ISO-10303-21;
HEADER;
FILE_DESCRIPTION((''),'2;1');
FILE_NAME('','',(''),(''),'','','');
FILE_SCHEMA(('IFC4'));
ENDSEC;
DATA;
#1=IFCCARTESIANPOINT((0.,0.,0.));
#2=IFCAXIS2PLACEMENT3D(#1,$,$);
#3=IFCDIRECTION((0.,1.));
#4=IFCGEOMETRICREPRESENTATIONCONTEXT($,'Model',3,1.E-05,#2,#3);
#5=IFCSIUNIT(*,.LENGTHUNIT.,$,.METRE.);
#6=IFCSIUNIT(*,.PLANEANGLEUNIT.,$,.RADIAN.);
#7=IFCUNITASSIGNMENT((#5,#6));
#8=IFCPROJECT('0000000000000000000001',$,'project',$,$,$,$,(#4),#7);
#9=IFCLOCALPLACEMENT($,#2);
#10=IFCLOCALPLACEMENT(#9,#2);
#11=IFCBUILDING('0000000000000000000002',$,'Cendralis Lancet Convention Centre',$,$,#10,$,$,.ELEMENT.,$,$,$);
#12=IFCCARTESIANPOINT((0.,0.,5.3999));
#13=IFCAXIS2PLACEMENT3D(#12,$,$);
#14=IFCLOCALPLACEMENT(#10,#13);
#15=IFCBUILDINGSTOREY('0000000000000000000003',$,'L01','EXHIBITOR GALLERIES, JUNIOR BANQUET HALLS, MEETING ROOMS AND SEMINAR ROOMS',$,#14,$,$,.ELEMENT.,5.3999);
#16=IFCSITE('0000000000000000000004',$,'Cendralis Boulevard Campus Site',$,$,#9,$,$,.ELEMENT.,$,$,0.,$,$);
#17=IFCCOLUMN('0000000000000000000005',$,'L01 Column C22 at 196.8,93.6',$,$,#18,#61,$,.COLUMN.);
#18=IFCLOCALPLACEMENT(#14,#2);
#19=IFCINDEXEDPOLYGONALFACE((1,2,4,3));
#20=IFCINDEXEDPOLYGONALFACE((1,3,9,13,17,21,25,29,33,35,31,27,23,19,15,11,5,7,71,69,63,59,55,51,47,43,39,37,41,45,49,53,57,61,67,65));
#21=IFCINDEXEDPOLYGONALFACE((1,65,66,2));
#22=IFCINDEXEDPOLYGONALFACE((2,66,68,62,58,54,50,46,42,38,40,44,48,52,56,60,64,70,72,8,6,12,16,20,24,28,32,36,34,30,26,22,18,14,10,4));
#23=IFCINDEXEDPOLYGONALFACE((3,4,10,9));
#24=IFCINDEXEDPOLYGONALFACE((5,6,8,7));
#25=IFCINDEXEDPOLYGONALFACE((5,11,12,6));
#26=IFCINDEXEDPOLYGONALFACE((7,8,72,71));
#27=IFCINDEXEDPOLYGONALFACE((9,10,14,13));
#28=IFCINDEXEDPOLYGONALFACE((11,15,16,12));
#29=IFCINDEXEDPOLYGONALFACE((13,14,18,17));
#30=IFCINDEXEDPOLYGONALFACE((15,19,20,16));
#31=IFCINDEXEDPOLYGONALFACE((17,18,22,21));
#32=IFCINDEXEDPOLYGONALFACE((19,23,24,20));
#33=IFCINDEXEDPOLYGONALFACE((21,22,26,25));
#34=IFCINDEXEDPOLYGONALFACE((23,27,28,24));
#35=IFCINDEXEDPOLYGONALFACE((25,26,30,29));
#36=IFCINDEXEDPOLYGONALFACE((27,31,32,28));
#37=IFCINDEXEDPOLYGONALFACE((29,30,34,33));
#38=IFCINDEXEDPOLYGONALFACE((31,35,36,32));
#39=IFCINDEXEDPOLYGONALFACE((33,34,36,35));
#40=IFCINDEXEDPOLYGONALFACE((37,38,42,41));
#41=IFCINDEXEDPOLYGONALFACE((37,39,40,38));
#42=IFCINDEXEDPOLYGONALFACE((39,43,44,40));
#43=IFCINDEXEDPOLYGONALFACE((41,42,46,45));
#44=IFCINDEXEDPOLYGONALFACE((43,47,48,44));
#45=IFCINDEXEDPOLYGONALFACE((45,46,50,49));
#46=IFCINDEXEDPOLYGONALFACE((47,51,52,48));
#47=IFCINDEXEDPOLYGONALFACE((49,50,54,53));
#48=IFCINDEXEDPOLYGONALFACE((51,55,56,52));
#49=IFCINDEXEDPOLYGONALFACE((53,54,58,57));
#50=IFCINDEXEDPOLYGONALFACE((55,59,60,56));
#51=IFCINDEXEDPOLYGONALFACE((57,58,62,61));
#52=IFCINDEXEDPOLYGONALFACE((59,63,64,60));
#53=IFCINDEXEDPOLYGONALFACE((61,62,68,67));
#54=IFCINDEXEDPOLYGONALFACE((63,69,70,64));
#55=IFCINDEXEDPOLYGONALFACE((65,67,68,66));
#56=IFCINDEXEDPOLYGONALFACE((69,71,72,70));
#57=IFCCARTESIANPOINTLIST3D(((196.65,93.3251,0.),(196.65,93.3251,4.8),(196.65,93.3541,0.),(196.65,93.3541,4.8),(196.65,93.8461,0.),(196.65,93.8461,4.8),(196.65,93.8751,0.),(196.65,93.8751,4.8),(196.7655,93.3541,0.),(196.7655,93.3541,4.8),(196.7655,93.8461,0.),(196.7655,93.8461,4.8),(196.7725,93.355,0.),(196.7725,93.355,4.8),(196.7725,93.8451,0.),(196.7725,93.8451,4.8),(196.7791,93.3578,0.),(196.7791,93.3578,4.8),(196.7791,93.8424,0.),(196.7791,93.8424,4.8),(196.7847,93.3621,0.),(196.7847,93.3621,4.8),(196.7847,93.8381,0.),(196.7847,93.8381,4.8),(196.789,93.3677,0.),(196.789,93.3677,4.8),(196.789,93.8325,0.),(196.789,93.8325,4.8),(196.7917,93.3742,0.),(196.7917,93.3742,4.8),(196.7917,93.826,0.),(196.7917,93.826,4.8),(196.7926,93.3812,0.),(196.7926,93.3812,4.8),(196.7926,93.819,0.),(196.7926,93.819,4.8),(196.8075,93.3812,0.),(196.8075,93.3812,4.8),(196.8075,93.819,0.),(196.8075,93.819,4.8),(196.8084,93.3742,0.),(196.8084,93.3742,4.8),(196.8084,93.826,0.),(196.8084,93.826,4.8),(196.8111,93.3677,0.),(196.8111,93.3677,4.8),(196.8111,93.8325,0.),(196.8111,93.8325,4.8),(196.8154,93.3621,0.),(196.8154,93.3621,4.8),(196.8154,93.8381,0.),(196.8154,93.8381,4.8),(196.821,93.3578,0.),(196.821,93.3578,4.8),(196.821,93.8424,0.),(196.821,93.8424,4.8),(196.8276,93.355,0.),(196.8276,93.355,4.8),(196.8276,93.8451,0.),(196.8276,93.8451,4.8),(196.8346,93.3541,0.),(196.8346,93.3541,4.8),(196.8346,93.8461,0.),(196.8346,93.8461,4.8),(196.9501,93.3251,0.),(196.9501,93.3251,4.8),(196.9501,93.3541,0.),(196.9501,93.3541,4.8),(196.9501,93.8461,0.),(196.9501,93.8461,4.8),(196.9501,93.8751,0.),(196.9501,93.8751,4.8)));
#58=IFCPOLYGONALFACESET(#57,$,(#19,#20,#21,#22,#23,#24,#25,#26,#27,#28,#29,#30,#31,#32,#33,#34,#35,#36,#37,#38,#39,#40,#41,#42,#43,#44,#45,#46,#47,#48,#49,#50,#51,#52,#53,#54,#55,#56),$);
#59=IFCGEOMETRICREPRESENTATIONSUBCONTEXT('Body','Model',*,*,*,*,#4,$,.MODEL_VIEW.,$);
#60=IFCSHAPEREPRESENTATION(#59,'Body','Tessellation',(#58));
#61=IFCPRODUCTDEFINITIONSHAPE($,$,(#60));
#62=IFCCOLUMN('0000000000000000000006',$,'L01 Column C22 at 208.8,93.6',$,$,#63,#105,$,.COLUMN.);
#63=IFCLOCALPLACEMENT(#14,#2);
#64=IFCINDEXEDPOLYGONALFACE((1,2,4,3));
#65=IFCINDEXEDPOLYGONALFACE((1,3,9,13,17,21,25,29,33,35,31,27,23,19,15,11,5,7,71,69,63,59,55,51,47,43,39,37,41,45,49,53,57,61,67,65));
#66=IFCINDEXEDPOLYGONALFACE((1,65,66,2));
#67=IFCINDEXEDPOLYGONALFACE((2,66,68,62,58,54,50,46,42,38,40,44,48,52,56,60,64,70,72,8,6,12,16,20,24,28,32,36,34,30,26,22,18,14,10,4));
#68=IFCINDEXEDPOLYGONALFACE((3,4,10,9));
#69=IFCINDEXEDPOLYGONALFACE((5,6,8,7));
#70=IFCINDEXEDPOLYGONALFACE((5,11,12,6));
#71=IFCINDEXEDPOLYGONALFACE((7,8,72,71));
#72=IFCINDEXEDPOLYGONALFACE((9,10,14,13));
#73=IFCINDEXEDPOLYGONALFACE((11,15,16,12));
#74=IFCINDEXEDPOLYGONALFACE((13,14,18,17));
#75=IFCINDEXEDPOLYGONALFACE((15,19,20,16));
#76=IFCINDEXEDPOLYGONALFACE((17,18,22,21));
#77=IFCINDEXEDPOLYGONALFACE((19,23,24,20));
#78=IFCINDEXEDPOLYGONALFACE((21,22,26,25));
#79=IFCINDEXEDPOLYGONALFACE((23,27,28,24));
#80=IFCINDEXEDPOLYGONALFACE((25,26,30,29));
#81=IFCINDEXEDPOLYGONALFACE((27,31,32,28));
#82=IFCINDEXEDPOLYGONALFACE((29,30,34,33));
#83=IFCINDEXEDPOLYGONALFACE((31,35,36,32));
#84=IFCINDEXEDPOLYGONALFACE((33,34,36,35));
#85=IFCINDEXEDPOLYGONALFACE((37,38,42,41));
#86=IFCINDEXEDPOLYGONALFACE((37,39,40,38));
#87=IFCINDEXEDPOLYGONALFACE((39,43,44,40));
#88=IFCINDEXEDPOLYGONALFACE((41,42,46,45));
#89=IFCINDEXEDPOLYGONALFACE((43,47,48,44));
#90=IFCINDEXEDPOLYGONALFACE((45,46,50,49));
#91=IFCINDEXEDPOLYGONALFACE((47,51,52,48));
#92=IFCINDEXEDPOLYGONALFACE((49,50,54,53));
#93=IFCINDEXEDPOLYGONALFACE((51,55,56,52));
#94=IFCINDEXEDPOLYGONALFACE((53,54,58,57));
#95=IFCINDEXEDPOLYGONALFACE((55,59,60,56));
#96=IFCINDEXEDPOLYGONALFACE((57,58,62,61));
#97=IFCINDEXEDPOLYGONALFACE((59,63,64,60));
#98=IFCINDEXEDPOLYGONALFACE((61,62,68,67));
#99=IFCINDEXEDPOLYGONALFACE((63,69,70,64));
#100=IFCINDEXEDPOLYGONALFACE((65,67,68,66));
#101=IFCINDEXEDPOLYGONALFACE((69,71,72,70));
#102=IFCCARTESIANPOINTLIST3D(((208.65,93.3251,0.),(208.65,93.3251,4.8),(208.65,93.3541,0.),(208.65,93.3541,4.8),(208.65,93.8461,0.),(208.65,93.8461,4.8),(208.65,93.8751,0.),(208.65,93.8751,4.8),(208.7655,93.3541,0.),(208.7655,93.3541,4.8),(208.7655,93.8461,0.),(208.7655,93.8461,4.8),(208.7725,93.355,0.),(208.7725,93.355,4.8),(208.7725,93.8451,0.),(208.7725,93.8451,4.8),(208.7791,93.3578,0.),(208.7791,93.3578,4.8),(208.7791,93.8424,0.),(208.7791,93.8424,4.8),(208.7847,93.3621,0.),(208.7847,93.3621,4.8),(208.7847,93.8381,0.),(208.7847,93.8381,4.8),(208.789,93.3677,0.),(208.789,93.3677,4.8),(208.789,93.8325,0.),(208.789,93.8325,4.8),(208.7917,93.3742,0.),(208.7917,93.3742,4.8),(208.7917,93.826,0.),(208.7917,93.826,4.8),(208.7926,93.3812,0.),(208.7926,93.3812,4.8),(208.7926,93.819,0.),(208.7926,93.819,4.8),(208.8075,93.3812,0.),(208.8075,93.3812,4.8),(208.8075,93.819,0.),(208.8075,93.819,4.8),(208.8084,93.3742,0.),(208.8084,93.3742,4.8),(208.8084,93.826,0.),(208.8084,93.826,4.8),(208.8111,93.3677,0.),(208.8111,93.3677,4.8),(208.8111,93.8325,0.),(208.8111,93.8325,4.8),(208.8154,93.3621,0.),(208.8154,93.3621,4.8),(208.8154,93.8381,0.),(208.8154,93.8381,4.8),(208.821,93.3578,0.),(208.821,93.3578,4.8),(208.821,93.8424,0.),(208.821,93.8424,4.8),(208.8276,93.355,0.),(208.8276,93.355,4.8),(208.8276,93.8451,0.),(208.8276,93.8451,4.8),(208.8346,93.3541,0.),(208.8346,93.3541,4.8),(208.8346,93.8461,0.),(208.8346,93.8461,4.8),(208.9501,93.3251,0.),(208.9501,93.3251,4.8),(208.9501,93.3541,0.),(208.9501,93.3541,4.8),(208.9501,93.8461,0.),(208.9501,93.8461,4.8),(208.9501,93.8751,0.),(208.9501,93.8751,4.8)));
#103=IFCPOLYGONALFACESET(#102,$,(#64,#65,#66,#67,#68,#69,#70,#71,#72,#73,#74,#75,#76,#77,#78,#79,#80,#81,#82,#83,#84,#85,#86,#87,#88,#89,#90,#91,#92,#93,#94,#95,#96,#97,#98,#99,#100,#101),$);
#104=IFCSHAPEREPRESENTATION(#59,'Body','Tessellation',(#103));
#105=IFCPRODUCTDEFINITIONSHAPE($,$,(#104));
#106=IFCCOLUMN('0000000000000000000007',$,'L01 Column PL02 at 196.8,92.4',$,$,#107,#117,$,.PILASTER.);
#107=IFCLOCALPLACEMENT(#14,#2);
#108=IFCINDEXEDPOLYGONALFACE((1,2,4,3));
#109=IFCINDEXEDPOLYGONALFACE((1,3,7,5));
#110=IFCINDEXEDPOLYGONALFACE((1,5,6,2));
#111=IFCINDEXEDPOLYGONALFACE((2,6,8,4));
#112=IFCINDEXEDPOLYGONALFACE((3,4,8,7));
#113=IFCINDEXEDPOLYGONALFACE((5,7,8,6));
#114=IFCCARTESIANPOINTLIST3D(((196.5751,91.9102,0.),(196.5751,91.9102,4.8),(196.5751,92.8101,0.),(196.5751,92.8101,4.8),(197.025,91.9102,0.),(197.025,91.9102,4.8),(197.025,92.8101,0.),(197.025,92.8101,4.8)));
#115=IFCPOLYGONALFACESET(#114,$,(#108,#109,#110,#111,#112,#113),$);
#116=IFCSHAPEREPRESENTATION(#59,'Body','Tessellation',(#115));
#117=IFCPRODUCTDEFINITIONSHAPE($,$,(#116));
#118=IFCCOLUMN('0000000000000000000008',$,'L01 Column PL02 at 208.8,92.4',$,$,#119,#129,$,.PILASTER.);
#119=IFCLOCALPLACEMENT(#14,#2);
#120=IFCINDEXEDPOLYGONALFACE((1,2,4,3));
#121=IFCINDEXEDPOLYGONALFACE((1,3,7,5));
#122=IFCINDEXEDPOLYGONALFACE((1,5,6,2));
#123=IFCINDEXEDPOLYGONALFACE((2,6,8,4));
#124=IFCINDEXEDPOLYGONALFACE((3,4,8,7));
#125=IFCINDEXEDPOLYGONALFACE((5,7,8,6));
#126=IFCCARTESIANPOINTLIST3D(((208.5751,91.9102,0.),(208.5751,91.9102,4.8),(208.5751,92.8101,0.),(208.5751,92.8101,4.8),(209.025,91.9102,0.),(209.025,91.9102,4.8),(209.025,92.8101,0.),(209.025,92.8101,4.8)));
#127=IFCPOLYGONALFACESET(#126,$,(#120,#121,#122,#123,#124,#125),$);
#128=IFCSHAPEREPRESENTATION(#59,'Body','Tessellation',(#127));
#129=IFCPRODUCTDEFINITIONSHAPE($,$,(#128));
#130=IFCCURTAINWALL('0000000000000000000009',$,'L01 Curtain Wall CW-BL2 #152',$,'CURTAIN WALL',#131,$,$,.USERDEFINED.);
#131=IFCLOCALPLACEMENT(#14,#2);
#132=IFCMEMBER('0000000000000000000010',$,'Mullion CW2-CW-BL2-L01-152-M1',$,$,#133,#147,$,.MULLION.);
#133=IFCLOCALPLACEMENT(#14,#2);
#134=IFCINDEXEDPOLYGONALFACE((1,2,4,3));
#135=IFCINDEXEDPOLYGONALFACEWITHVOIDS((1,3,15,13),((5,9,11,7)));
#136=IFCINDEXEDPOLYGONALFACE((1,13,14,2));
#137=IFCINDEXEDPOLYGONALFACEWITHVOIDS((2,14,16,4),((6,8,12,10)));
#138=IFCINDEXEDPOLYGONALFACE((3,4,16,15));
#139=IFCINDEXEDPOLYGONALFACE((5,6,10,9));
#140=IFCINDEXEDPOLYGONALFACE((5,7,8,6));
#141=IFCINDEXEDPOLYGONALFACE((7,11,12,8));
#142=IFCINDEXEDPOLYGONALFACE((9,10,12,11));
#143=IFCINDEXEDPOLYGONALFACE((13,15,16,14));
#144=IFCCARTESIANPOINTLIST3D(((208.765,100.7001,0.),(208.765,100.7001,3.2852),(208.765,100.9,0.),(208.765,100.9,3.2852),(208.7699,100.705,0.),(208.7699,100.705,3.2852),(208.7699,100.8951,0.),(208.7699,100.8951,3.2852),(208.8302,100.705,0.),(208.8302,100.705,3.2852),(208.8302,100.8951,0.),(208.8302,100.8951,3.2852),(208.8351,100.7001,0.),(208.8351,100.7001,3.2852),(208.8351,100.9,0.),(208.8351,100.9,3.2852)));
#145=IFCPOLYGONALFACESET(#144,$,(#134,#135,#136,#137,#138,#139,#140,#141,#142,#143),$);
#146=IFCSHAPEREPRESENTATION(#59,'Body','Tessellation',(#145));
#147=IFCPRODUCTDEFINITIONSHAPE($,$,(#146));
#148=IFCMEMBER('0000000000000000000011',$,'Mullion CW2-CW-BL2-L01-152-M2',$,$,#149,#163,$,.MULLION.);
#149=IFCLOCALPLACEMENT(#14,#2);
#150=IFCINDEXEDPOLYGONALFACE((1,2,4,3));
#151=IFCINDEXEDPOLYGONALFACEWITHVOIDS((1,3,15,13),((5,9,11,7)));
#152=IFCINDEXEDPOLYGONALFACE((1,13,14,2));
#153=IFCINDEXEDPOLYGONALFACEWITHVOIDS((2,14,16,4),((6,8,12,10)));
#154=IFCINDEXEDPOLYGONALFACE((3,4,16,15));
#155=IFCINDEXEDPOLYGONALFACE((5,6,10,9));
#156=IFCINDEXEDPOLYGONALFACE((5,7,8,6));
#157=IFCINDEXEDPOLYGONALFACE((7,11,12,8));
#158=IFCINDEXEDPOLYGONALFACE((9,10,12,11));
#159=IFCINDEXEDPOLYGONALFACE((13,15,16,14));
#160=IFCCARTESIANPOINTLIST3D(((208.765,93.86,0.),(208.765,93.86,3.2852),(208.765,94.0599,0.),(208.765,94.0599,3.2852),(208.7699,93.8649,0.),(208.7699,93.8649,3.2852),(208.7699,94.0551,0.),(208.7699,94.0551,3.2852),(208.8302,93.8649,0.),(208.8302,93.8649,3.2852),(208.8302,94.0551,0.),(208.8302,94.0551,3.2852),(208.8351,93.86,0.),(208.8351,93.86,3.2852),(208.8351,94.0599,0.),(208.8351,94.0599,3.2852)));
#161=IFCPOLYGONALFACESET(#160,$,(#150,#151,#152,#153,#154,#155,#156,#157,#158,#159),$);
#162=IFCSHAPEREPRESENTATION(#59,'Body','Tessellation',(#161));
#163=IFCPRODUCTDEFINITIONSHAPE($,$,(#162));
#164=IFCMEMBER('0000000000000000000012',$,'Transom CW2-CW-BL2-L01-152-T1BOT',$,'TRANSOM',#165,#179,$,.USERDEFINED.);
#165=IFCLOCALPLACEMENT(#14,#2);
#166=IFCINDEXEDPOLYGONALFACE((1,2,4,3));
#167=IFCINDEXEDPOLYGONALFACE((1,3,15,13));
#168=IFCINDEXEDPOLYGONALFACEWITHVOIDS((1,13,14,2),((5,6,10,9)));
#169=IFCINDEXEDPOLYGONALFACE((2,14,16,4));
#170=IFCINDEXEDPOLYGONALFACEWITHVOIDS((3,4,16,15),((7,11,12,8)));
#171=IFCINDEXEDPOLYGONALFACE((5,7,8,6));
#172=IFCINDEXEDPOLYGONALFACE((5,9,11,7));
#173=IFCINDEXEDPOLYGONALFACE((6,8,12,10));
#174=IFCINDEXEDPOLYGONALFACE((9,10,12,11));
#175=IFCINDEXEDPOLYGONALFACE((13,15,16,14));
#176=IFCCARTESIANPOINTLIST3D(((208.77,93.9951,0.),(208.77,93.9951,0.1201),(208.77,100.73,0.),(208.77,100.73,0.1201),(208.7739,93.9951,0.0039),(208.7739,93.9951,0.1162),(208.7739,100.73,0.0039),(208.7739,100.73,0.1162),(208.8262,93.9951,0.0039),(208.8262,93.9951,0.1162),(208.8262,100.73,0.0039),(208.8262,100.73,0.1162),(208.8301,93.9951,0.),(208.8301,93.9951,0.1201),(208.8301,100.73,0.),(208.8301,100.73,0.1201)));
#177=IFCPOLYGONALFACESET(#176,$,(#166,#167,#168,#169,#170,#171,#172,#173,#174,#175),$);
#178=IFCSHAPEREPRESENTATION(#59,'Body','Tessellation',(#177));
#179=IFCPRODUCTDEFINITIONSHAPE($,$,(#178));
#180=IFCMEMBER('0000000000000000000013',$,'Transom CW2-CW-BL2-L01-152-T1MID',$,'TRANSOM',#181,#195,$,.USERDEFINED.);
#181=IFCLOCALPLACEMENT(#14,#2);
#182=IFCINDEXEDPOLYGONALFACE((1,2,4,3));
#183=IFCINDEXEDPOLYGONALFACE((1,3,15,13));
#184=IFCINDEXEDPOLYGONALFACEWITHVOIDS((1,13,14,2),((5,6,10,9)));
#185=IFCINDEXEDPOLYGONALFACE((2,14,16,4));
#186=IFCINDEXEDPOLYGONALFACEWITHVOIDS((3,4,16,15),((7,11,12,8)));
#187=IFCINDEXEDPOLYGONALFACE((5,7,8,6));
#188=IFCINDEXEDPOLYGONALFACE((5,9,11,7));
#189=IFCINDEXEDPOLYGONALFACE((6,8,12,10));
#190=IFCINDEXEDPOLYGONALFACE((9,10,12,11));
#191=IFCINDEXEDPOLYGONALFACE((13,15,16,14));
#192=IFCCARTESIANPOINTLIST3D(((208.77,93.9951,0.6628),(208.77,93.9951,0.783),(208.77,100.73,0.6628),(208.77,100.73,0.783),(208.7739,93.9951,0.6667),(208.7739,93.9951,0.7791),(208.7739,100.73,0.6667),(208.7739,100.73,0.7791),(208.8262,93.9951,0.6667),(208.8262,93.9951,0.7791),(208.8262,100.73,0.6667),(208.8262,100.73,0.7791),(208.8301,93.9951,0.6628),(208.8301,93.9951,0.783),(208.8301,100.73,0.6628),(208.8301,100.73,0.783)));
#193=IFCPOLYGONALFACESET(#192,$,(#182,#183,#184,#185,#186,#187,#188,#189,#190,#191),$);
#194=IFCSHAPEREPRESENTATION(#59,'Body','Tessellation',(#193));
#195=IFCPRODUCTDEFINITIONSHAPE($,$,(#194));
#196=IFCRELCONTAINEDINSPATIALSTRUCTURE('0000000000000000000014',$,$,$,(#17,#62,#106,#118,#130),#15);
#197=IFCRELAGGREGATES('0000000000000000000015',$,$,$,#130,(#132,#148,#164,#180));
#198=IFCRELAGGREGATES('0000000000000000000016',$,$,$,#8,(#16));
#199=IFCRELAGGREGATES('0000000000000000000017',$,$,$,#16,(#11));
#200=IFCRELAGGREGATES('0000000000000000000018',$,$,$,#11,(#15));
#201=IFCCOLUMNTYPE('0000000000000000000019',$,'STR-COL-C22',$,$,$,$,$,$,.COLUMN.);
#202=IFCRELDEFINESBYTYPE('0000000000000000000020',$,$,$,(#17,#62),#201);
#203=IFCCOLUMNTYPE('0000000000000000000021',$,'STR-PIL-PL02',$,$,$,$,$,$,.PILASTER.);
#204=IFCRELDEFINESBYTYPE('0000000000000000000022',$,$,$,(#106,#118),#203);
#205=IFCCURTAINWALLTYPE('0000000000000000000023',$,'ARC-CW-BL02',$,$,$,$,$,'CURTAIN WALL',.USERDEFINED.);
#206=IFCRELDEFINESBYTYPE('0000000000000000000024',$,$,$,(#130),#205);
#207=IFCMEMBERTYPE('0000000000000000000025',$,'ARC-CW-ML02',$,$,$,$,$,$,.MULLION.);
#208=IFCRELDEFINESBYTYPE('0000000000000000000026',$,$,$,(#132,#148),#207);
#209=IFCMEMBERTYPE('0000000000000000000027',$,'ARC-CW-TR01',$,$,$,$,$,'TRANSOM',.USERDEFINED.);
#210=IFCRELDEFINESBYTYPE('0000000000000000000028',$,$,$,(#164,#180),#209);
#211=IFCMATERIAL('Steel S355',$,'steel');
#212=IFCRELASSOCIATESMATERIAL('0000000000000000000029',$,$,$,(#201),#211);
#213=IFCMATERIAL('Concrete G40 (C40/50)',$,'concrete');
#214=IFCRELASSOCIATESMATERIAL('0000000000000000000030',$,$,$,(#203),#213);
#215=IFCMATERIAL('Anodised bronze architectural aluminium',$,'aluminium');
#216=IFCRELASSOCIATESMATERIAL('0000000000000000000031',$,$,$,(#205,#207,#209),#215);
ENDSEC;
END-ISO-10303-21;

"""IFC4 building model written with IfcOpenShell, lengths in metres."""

from ifc_helpers import new_model, si_unit, direction, frame, origin, origin_2d, place, context, subcontext, project, spatial, rectangle, hollow_rectangle, i_section, extrude, material, material_profile, profile_set, type_object, element, aggregate, save


model = new_model("IFC4")

# Units and contexts
model_context = context("Model", 3, precision=1e-05, world=origin(), true_north=direction((0.0, 1.0)))
body_context = subcontext(model_context, "Body", "Model", "MODEL_VIEW")
ifc_project = project(units=[si_unit("LENGTHUNIT", "METRE"), si_unit("PLANEANGLEUNIT", "RADIAN")], contexts=[model_context])

# Site, building, storey
site_placement = place(None, origin())
site = spatial("IfcSite", under=ifc_project, at=site_placement, Name="Cendralis Boulevard Campus Site", CompositionType="ELEMENT", RefElevation=0.0)
building_placement = place(site_placement, origin())
building = spatial("IfcBuilding", under=site, at=building_placement, Name="Cendralis Lancet Convention Centre", CompositionType="ELEMENT")
storey_placement = place(building_placement, frame((0.0, 0.0, 5.3999)))
storey = spatial("IfcBuildingStorey", under=building, at=storey_placement, Name="L01", Description="EXHIBITOR GALLERIES, JUNIOR BANQUET HALLS, MEETING ROOMS AND SEMINAR ROOMS", CompositionType="ELEMENT", Elevation=5.3999)

# Columns
ifc_material_1 = material(Name="Steel S355", Category="steel")
ifc_material_profile_1 = material_profile(ifc_material_1, i_section(OverallWidth=0.3, OverallDepth=0.55, WebThickness=0.0149, FlangeThickness=0.0291, FilletRadius=0.0271, at=origin_2d()), Name="HEB 550")
ifc_profile_set_1 = profile_set([ifc_material_profile_1], Name="Steel S355")
column_type_1 = type_object("IfcColumnType", Name="STR-COL-C22", PredefinedType="COLUMN", material=ifc_profile_set_1)
for number, where, z_axis, x_axis, name in (
    (1, (196.8, 93.6001, 0.0), (0.0, 0.0, 1.0), (1.0, 0.0, 0.0), "L01 Column C22 at 196.8,93.6"),
    (2, (208.8, 93.6001, 0.0), (0.0, 0.0, 1.0), (1.0, 0.0, 0.0), "L01 Column C22 at 208.8,93.6"),
):
    element("IfcColumn", number, at=place(storey_placement, frame(where, z_axis=z_axis, x_axis=x_axis)), inside=storey, type_object=column_type_1, Name=name, PredefinedType="COLUMN", context=body_context, shape_type="SweptSolid", body=[
        extrude(i_section(OverallWidth=0.3, OverallDepth=0.55, WebThickness=0.0149, FlangeThickness=0.0291, FilletRadius=0.0271, at=origin_2d()), origin(), (0.0, 0.0, 1.0), 4.8),
    ])
ifc_material_2 = material(Name="Concrete G40 (C40/50)", Category="concrete")
ifc_material_profile_2 = material_profile(ifc_material_2, rectangle(XDim=0.45, YDim=0.8999, at=origin_2d()), Name="RC 450x900")
ifc_profile_set_2 = profile_set([ifc_material_profile_2], Name="Concrete G40 (C40/50)")
column_type_2 = type_object("IfcColumnType", Name="STR-PIL-PL02", PredefinedType="PILASTER", material=ifc_profile_set_2)
for number, where, z_axis, x_axis, name in (
    (3, (196.8, 92.3601, 0.0), (0.0, 0.0, 1.0), (1.0, 0.0, 0.0), "L01 Column PL02 at 196.8,92.4"),
    (4, (208.8, 92.3601, 0.0), (0.0, 0.0, 1.0), (1.0, 0.0, 0.0), "L01 Column PL02 at 208.8,92.4"),
):
    element("IfcColumn", number, at=place(storey_placement, frame(where, z_axis=z_axis, x_axis=x_axis)), inside=storey, type_object=column_type_2, Name=name, PredefinedType="PILASTER", context=body_context, shape_type="SweptSolid", body=[
        extrude(rectangle(XDim=0.45, YDim=0.8999, at=origin_2d()), origin(), (0.0, 0.0, 1.0), 4.8),
    ])

# Curtain wall, members
ifc_material_3 = material(Name="Anodised bronze architectural aluminium", Category="aluminium")
curtain_wall_type = type_object("IfcCurtainWallType", Name="ARC-CW-BL02", ElementType="CURTAIN WALL", PredefinedType="USERDEFINED", material=ifc_material_3)
curtain_wall_placement = place(storey_placement, origin())
curtain_wall = element("IfcCurtainWall", 5, at=curtain_wall_placement, inside=storey, type_object=curtain_wall_type, Name="L01 Curtain Wall CW-BL2 #152", ObjectType="CURTAIN WALL", PredefinedType="USERDEFINED")
ifc_material_profile_3 = material_profile(ifc_material_3, hollow_rectangle(XDim=0.0701, YDim=0.2, WallThickness=0.0049, at=origin_2d()), Name="AL-MULL 70x200x5.0")
ifc_profile_set_3 = profile_set([ifc_material_profile_3], Name="Anodised bronze architectural aluminium")
member_type_1 = type_object("IfcMemberType", Name="ARC-CW-ML02", PredefinedType="MULLION", material=ifc_profile_set_3)
member_1_placement = place(storey_placement, frame((208.8, 100.8, 0.0), z_axis=(0.0, 0.0, 1.0), x_axis=(1.0, 0.0, 0.0)))
member_1 = element("IfcMember", 6, at=member_1_placement, type_object=member_type_1, Name="Mullion CW2-CW-BL2-L01-152-M1", PredefinedType="MULLION", context=body_context, shape_type="SweptSolid", body=[
    extrude(hollow_rectangle(XDim=0.0701, YDim=0.2, WallThickness=0.0049, at=origin_2d()), origin(), (0.0, 0.0, 1.0), 3.2852),
])
member_2_placement = place(storey_placement, frame((208.8, 93.96, 0.0), z_axis=(0.0, 0.0, 1.0), x_axis=(1.0, 0.0, 0.0)))
member_2 = element("IfcMember", 7, at=member_2_placement, type_object=member_type_1, Name="Mullion CW2-CW-BL2-L01-152-M2", PredefinedType="MULLION", context=body_context, shape_type="SweptSolid", body=[
    extrude(hollow_rectangle(XDim=0.0701, YDim=0.2, WallThickness=0.0049, at=origin_2d()), origin(), (0.0, 0.0, 1.0), 3.2852),
])
ifc_material_profile_4 = material_profile(ifc_material_3, hollow_rectangle(XDim=0.0601, YDim=0.1201, WallThickness=0.0039, at=origin_2d()), Name="AL-TRAN 60x120x4.0")
ifc_profile_set_4 = profile_set([ifc_material_profile_4], Name="Anodised bronze architectural aluminium")
member_type_2 = type_object("IfcMemberType", Name="ARC-CW-TR01", ElementType="TRANSOM", PredefinedType="USERDEFINED", material=ifc_profile_set_4)
member_3_placement = place(storey_placement, frame((208.8, 100.73, 0.0601), z_axis=(0.0, -1.0, 0.0), x_axis=(1.0, 0.0, 0.0)))
member_3 = element("IfcMember", 8, at=member_3_placement, type_object=member_type_2, Name="Transom CW2-CW-BL2-L01-152-T1BOT", ObjectType="TRANSOM", PredefinedType="USERDEFINED", context=body_context, shape_type="SweptSolid", body=[
    extrude(hollow_rectangle(XDim=0.0601, YDim=0.1201, WallThickness=0.0039, at=origin_2d()), origin(), (0.0, 0.0, 1.0), 6.7349),
])
member_4_placement = place(storey_placement, frame((208.8, 100.73, 0.7229), z_axis=(0.0, -1.0, 0.0), x_axis=(1.0, 0.0, 0.0)))
member_4 = element("IfcMember", 9, at=member_4_placement, type_object=member_type_2, Name="Transom CW2-CW-BL2-L01-152-T1MID", ObjectType="TRANSOM", PredefinedType="USERDEFINED", context=body_context, shape_type="SweptSolid", body=[
    extrude(hollow_rectangle(XDim=0.0601, YDim=0.1201, WallThickness=0.0039, at=origin_2d()), origin(), (0.0, 0.0, 1.0), 6.7349),
])

aggregate(curtain_wall, [member_1, member_2, member_3, member_4])

save(model, "model.ifc")
